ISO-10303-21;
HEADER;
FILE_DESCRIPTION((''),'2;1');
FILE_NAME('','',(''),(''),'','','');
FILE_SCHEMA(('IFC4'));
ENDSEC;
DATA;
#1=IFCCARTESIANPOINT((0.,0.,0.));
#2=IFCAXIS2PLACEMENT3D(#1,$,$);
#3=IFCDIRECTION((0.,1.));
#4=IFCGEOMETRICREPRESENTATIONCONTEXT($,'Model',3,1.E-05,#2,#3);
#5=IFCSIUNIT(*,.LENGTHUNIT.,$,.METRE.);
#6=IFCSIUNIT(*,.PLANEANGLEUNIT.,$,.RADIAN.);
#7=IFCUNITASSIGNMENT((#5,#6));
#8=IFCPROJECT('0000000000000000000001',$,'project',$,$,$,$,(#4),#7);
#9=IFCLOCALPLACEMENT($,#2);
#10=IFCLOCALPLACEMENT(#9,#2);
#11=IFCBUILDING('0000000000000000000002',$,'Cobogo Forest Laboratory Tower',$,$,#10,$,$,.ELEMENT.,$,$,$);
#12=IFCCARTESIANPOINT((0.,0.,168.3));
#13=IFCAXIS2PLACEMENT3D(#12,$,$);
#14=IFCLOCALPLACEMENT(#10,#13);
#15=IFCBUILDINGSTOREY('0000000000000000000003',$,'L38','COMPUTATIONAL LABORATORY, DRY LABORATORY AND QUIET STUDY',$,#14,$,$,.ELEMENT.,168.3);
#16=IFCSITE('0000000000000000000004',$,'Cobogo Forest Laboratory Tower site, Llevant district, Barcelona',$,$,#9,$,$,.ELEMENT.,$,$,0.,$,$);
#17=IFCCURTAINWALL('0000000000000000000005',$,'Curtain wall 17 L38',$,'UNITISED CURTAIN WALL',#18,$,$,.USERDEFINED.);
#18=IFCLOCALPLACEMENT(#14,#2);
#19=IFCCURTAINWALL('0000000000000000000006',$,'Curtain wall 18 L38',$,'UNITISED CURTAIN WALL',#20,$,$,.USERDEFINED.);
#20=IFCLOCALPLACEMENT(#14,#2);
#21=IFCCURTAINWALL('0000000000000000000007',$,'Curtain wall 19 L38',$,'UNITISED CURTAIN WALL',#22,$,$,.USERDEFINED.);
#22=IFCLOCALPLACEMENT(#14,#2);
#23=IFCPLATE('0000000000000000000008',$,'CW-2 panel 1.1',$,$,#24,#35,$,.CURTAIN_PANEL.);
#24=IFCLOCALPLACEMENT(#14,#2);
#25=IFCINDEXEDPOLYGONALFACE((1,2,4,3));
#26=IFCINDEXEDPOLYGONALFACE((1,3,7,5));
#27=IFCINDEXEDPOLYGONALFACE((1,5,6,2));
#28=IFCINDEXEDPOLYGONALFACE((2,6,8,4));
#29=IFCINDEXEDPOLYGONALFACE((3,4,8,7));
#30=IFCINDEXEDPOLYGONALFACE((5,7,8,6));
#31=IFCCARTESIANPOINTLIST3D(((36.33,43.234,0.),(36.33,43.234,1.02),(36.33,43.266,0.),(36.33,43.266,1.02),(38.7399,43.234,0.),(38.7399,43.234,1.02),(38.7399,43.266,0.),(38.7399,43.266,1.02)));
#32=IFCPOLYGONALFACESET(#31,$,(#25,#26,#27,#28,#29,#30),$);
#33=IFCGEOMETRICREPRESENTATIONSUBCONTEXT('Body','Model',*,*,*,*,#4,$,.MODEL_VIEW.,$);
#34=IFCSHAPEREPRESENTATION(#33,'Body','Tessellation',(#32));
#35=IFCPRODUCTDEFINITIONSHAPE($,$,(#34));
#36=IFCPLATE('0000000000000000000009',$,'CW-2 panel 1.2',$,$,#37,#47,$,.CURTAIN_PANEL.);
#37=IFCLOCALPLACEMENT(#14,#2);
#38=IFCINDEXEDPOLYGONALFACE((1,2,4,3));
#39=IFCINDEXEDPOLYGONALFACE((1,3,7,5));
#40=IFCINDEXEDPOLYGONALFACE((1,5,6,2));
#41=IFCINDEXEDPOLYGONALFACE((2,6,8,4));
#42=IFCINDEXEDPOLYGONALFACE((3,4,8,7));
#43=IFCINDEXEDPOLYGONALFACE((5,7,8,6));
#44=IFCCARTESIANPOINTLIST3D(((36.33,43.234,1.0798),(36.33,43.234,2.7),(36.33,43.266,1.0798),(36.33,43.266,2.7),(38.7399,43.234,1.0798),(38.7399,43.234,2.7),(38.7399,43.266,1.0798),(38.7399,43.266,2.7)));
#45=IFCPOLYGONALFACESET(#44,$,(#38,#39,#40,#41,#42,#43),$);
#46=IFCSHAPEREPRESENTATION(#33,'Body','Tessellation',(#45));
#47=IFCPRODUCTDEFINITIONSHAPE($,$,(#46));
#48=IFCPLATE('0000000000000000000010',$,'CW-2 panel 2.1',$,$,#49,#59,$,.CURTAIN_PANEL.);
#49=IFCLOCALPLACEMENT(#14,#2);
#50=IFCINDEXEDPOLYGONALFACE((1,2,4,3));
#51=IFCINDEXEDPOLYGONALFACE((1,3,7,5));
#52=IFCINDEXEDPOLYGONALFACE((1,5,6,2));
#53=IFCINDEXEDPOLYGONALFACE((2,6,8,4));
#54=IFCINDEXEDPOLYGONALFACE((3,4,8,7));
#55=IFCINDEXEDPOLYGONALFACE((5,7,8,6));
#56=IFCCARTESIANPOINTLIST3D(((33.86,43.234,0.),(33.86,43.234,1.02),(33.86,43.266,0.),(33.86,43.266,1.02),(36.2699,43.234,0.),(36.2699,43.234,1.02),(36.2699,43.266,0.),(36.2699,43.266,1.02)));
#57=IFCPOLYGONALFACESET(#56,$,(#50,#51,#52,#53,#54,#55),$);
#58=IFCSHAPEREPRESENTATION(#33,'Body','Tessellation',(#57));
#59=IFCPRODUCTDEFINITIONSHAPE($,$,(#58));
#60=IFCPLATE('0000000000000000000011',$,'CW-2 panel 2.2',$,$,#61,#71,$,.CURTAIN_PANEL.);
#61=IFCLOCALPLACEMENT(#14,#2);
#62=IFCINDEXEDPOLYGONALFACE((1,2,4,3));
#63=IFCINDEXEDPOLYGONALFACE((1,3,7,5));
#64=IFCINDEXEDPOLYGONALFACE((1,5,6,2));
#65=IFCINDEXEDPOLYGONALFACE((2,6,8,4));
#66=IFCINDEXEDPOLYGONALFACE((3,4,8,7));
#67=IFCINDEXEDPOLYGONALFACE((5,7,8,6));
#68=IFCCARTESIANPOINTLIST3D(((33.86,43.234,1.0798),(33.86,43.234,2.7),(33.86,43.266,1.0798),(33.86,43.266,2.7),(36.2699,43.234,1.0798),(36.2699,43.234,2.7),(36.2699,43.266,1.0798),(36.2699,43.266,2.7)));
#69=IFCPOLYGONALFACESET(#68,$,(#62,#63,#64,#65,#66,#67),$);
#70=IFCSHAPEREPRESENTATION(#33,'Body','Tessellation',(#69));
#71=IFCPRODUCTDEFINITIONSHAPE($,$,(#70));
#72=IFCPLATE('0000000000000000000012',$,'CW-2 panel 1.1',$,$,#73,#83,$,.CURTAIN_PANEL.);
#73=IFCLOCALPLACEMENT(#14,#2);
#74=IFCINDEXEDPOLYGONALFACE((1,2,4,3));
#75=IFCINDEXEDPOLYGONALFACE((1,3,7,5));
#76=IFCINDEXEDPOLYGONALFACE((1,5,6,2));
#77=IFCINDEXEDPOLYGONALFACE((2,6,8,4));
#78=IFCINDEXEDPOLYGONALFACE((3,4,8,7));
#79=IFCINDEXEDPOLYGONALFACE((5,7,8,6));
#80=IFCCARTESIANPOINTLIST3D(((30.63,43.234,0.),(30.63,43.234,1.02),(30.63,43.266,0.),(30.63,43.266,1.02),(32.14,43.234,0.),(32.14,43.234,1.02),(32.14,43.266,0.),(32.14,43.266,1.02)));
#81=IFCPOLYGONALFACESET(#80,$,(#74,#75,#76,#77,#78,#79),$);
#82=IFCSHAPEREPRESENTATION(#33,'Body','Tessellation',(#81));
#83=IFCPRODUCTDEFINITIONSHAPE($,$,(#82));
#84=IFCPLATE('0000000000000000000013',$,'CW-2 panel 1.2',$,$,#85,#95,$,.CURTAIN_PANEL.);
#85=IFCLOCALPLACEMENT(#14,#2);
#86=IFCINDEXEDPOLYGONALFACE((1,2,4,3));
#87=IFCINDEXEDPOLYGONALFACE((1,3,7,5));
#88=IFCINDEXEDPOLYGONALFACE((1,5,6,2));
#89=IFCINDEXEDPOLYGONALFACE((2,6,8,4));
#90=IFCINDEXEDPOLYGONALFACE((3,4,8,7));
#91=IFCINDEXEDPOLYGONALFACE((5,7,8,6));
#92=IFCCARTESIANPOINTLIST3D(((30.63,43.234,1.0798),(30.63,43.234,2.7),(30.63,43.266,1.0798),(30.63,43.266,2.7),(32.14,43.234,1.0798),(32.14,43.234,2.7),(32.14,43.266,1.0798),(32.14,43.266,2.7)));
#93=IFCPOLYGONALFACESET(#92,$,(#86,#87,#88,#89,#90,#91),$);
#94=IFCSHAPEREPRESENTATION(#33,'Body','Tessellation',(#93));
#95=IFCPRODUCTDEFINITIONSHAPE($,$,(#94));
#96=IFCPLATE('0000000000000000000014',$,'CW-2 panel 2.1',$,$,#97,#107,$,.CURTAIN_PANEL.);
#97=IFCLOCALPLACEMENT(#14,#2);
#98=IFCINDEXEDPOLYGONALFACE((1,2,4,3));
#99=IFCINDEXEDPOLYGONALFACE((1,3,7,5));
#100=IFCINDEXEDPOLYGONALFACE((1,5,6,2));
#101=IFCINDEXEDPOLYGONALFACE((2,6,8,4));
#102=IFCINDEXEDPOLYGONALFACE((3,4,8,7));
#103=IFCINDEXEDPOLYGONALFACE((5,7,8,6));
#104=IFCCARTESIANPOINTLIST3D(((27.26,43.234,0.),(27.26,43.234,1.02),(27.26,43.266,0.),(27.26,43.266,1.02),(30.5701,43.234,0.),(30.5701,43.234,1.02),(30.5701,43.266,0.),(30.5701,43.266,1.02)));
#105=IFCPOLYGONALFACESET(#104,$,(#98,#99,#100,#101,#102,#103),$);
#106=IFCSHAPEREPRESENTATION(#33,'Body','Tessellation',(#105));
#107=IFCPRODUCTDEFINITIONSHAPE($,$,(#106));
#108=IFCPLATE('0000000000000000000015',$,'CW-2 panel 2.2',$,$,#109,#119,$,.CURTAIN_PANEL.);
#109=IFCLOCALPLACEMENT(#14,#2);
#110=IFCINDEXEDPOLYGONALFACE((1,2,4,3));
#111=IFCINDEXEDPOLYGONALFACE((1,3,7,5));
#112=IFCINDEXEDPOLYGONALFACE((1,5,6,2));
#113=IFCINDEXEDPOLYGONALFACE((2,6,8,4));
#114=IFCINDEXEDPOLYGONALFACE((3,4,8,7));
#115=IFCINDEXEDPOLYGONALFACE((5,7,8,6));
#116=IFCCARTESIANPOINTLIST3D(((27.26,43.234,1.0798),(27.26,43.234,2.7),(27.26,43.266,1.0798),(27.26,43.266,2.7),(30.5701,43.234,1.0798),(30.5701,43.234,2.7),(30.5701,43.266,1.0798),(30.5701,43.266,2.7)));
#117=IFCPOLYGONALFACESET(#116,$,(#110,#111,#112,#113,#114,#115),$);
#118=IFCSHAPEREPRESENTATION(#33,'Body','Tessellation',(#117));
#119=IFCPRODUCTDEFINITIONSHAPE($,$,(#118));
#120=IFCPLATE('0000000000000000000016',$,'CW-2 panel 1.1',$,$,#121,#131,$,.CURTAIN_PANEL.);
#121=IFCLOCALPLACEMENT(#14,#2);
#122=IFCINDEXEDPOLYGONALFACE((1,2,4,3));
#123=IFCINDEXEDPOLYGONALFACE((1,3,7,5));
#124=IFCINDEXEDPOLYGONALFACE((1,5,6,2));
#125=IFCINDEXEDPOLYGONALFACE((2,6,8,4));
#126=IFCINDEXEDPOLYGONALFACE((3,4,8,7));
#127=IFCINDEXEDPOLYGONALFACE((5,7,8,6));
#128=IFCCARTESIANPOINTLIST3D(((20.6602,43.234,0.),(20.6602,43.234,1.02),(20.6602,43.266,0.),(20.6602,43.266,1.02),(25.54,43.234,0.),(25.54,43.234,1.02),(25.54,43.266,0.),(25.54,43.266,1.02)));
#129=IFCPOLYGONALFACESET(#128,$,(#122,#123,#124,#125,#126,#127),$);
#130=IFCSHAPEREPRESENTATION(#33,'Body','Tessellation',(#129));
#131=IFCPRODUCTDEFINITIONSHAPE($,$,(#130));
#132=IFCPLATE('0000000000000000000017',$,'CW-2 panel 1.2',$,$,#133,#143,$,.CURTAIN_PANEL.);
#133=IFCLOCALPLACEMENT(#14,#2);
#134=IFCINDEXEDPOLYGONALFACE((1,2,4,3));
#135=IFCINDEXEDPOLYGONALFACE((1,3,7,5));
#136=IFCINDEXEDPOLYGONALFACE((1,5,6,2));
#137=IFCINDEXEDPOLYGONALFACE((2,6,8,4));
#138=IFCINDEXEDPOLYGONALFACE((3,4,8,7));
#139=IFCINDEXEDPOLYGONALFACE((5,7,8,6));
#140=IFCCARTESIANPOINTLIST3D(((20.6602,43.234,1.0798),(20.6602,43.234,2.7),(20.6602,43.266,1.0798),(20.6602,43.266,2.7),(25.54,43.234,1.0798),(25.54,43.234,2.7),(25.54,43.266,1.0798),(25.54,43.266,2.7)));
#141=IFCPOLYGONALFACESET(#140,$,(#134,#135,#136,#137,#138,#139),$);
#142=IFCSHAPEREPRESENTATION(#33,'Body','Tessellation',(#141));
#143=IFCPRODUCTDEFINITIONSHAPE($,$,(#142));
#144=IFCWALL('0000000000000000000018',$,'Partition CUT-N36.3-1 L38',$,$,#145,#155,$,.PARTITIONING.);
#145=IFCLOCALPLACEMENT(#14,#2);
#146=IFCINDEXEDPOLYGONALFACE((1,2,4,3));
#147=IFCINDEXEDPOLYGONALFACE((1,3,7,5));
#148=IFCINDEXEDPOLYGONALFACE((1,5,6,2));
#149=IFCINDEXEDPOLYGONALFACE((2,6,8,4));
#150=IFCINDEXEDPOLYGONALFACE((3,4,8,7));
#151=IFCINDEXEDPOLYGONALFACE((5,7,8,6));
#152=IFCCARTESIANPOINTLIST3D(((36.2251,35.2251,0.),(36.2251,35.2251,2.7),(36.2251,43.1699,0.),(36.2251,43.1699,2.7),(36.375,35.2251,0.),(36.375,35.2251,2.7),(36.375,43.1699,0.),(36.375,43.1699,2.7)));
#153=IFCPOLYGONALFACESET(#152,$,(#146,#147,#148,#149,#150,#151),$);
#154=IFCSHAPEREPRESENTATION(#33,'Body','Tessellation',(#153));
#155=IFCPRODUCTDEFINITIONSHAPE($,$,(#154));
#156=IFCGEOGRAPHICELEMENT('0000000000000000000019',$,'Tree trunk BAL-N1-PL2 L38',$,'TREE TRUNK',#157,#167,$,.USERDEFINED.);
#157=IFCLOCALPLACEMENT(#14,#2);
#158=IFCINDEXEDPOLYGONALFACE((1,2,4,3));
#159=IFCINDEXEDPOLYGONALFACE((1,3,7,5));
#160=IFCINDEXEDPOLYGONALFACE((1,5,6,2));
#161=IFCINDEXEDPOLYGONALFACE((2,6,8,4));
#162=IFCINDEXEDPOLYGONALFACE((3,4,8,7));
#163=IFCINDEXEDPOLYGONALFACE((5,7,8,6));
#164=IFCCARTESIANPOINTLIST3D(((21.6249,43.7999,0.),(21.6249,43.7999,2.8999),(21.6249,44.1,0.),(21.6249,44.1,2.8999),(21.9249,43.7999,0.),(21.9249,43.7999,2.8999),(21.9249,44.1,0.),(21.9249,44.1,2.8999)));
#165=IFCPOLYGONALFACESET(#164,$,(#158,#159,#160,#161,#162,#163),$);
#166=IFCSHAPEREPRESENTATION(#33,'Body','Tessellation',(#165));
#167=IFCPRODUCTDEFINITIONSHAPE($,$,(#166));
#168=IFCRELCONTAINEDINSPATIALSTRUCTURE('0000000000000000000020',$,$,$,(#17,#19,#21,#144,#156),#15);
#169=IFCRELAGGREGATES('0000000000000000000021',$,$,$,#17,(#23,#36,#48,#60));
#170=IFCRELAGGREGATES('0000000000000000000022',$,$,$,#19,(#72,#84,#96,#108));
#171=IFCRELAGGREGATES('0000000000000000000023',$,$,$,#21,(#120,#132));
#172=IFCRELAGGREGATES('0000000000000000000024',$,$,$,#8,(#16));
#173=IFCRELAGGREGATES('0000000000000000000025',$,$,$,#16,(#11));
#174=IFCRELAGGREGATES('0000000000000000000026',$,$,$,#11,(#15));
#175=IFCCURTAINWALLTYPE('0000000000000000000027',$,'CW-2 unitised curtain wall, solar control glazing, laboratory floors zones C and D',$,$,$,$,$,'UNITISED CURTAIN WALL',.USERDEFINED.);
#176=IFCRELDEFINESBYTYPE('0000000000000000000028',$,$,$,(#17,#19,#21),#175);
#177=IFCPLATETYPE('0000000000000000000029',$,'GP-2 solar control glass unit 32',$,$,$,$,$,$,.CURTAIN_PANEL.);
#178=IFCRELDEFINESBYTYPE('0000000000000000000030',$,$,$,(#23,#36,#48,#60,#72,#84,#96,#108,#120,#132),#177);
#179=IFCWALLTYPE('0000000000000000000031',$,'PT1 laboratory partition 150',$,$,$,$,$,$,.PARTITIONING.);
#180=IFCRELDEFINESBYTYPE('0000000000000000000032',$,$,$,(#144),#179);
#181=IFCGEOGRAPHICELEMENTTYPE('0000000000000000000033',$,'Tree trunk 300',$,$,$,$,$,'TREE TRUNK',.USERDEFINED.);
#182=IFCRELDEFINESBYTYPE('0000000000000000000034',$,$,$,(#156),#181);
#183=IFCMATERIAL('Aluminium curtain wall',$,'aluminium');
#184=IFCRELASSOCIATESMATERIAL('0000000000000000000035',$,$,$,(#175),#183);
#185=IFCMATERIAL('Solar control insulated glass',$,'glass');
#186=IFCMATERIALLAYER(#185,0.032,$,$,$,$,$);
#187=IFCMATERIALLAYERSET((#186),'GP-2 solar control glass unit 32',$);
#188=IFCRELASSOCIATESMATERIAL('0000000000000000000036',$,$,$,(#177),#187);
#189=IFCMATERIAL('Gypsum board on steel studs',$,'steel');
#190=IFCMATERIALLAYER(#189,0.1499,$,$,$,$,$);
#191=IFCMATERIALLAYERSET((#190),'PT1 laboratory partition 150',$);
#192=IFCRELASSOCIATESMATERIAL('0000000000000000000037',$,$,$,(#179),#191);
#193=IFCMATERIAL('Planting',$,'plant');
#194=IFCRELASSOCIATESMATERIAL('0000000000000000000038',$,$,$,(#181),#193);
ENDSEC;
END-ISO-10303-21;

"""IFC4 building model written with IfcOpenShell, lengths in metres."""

from ifc_helpers import new_model, si_unit, direction, frame, frame_2d, origin, origin_2d, place, context, subcontext, project, spatial, rectangle, extrude, material, layer, layer_set, type_object, element, aggregate, save


model = new_model("IFC4")

# Units and contexts
model_context = context("Model", 3, precision=1e-05, world=origin(), true_north=direction((0.0, 1.0)))
body_context = subcontext(model_context, "Body", "Model", "MODEL_VIEW")
ifc_project = project(units=[si_unit("LENGTHUNIT", "METRE"), si_unit("PLANEANGLEUNIT", "RADIAN")], contexts=[model_context])

# Site, building, storey
site_placement = place(None, origin())
site = spatial("IfcSite", under=ifc_project, at=site_placement, Name="Cobogo Forest Laboratory Tower site, Llevant district, Barcelona", CompositionType="ELEMENT", RefElevation=0.0)
building_placement = place(site_placement, origin())
building = spatial("IfcBuilding", under=site, at=building_placement, Name="Cobogo Forest Laboratory Tower", CompositionType="ELEMENT")
storey_placement = place(building_placement, frame((0.0, 0.0, 168.3)))
storey = spatial("IfcBuildingStorey", under=building, at=storey_placement, Name="L38", Description="COMPUTATIONAL LABORATORY, DRY LABORATORY AND QUIET STUDY", CompositionType="ELEMENT", Elevation=168.3)

# Curtain walls
ifc_material_1 = material(Name="Aluminium curtain wall", Category="aluminium")
curtain_wall_type = type_object("IfcCurtainWallType", Name="CW-2 unitised curtain wall, solar control glazing, laboratory floors zones C and D", ElementType="UNITISED CURTAIN WALL", PredefinedType="USERDEFINED", material=ifc_material_1)
curtain_wall_1_placement = place(storey_placement, origin())
curtain_wall_1 = element("IfcCurtainWall", 1, at=curtain_wall_1_placement, inside=storey, type_object=curtain_wall_type, Name="Curtain wall 17 L38", ObjectType="UNITISED CURTAIN WALL", PredefinedType="USERDEFINED")
curtain_wall_2_placement = place(storey_placement, origin())
curtain_wall_2 = element("IfcCurtainWall", 2, at=curtain_wall_2_placement, inside=storey, type_object=curtain_wall_type, Name="Curtain wall 18 L38", ObjectType="UNITISED CURTAIN WALL", PredefinedType="USERDEFINED")
curtain_wall_3_placement = place(storey_placement, origin())
curtain_wall_3 = element("IfcCurtainWall", 3, at=curtain_wall_3_placement, inside=storey, type_object=curtain_wall_type, Name="Curtain wall 19 L38", ObjectType="UNITISED CURTAIN WALL", PredefinedType="USERDEFINED")

# Plates
ifc_material_2 = material(Name="Solar control insulated glass", Category="glass")
ifc_layer_1 = layer(ifc_material_2, 0.032)
ifc_layer_set_1 = layer_set([ifc_layer_1], Name="GP-2 solar control glass unit 32")
plate_type_1 = type_object("IfcPlateType", Name="GP-2 solar control glass unit 32", PredefinedType="CURTAIN_PANEL", material=ifc_layer_set_1)
plate_1_placement = place(storey_placement, frame((37.5349, 43.25, 0.0), z_axis=(0.0, 0.0, 1.0), x_axis=(-1.0, 0.0, 0.0)))
plate_1 = element("IfcPlate", 4, at=plate_1_placement, type_object=plate_type_1, Name="CW-2 panel 1.1", PredefinedType="CURTAIN_PANEL", context=body_context, shape_type="SweptSolid", body=[
    extrude(rectangle(XDim=2.4099, YDim=0.032, at=origin_2d()), origin(), (0.0, 0.0, 1.0), 1.02),
])
plate_2_placement = place(storey_placement, frame((37.5349, 43.25, 1.0798), z_axis=(0.0, 0.0, 1.0), x_axis=(-1.0, 0.0, 0.0)))
plate_2 = element("IfcPlate", 5, at=plate_2_placement, type_object=plate_type_1, Name="CW-2 panel 1.2", PredefinedType="CURTAIN_PANEL", context=body_context, shape_type="SweptSolid", body=[
    extrude(rectangle(XDim=2.4099, YDim=0.032, at=origin_2d()), origin(), (0.0, 0.0, 1.0), 1.6201),
])
plate_3_placement = place(storey_placement, frame((35.0649, 43.25, 0.0), z_axis=(0.0, 0.0, 1.0), x_axis=(-1.0, 0.0, 0.0)))
plate_3 = element("IfcPlate", 6, at=plate_3_placement, type_object=plate_type_1, Name="CW-2 panel 2.1", PredefinedType="CURTAIN_PANEL", context=body_context, shape_type="SweptSolid", body=[
    extrude(rectangle(XDim=2.4099, YDim=0.032, at=origin_2d()), origin(), (0.0, 0.0, 1.0), 1.02),
])
plate_4_placement = place(storey_placement, frame((35.0649, 43.25, 1.0798), z_axis=(0.0, 0.0, 1.0), x_axis=(-1.0, 0.0, 0.0)))
plate_4 = element("IfcPlate", 7, at=plate_4_placement, type_object=plate_type_1, Name="CW-2 panel 2.2", PredefinedType="CURTAIN_PANEL", context=body_context, shape_type="SweptSolid", body=[
    extrude(rectangle(XDim=2.4099, YDim=0.032, at=origin_2d()), origin(), (0.0, 0.0, 1.0), 1.6201),
])
aggregate(curtain_wall_1, [plate_1, plate_2, plate_3, plate_4])
plate_5_placement = place(storey_placement, frame((31.385, 43.25, 0.0), z_axis=(0.0, 0.0, 1.0), x_axis=(-1.0, 0.0, 0.0)))
plate_5 = element("IfcPlate", 8, at=plate_5_placement, type_object=plate_type_1, Name="CW-2 panel 1.1", PredefinedType="CURTAIN_PANEL", context=body_context, shape_type="SweptSolid", body=[
    extrude(rectangle(XDim=1.51, YDim=0.032, at=origin_2d()), origin(), (0.0, 0.0, 1.0), 1.02),
])
plate_6_placement = place(storey_placement, frame((31.385, 43.25, 1.0798), z_axis=(0.0, 0.0, 1.0), x_axis=(-1.0, 0.0, 0.0)))
plate_6 = element("IfcPlate", 9, at=plate_6_placement, type_object=plate_type_1, Name="CW-2 panel 1.2", PredefinedType="CURTAIN_PANEL", context=body_context, shape_type="SweptSolid", body=[
    extrude(rectangle(XDim=1.51, YDim=0.032, at=origin_2d()), origin(), (0.0, 0.0, 1.0), 1.6201),
])
plate_7_placement = place(storey_placement, frame((28.915, 43.25, 0.0), z_axis=(0.0, 0.0, 1.0), x_axis=(-1.0, 0.0, 0.0)))
plate_7 = element("IfcPlate", 10, at=plate_7_placement, type_object=plate_type_1, Name="CW-2 panel 2.1", PredefinedType="CURTAIN_PANEL", context=body_context, shape_type="SweptSolid", body=[
    extrude(rectangle(XDim=3.3101, YDim=0.032, at=origin_2d()), origin(), (0.0, 0.0, 1.0), 1.02),
])
plate_8_placement = place(storey_placement, frame((28.915, 43.25, 1.0798), z_axis=(0.0, 0.0, 1.0), x_axis=(-1.0, 0.0, 0.0)))
plate_8 = element("IfcPlate", 11, at=plate_8_placement, type_object=plate_type_1, Name="CW-2 panel 2.2", PredefinedType="CURTAIN_PANEL", context=body_context, shape_type="SweptSolid", body=[
    extrude(rectangle(XDim=3.3101, YDim=0.032, at=origin_2d()), origin(), (0.0, 0.0, 1.0), 1.6201),
])
aggregate(curtain_wall_2, [plate_5, plate_6, plate_7, plate_8])
plate_9_placement = place(storey_placement, frame((23.1001, 43.25, 0.0), z_axis=(0.0, 0.0, 1.0), x_axis=(-1.0, 0.0, 0.0)))
plate_9 = element("IfcPlate", 12, at=plate_9_placement, type_object=plate_type_1, Name="CW-2 panel 1.1", PredefinedType="CURTAIN_PANEL", context=body_context, shape_type="SweptSolid", body=[
    extrude(rectangle(XDim=4.8799, YDim=0.032, at=origin_2d()), origin(), (0.0, 0.0, 1.0), 1.02),
])
plate_10_placement = place(storey_placement, frame((23.1001, 43.25, 1.0798), z_axis=(0.0, 0.0, 1.0), x_axis=(-1.0, 0.0, 0.0)))
plate_10 = element("IfcPlate", 13, at=plate_10_placement, type_object=plate_type_1, Name="CW-2 panel 1.2", PredefinedType="CURTAIN_PANEL", context=body_context, shape_type="SweptSolid", body=[
    extrude(rectangle(XDim=4.8799, YDim=0.032, at=origin_2d()), origin(), (0.0, 0.0, 1.0), 1.6201),
])
aggregate(curtain_wall_3, [plate_9, plate_10])

# Wall
ifc_material_3 = material(Name="Gypsum board on steel studs", Category="steel")
ifc_layer_2 = layer(ifc_material_3, 0.1499)
ifc_layer_set_2 = layer_set([ifc_layer_2], Name="PT1 laboratory partition 150")
wall_type = type_object("IfcWallType", Name="PT1 laboratory partition 150", PredefinedType="PARTITIONING", material=ifc_layer_set_2)
wall_placement = place(storey_placement, frame((36.3, 43.1699, 0.0), z_axis=(0.0, 0.0, 1.0), x_axis=(0.0, -1.0, 0.0)))
element("IfcWall", 14, at=wall_placement, inside=storey, type_object=wall_type, Name="Partition CUT-N36.3-1 L38", PredefinedType="PARTITIONING", context=body_context, shape_type="SweptSolid", body=[
    extrude(rectangle(XDim=7.9448, YDim=0.1499, at=frame_2d((3.9724, 0.0))), origin(), (0.0, 0.0, 1.0), 2.7),
])

# Geographic element
ifc_material_4 = material(Name="Planting", Category="plant")
geographic_element_type = type_object("IfcGeographicElementType", Name="Tree trunk 300", ElementType="TREE TRUNK", PredefinedType="USERDEFINED", material=ifc_material_4)
geographic_element_placement = place(storey_placement, frame((21.7749, 43.95, 0.0), z_axis=(0.0, 0.0, 1.0), x_axis=(1.0, 0.0, 0.0)))
element("IfcGeographicElement", 15, at=geographic_element_placement, inside=storey, type_object=geographic_element_type, Name="Tree trunk BAL-N1-PL2 L38", ObjectType="TREE TRUNK", PredefinedType="USERDEFINED", context=body_context, shape_type="SweptSolid", body=[
    extrude(rectangle(XDim=0.3, YDim=0.3, at=origin_2d()), origin(), (0.0, 0.0, 1.0), 2.8999),
])

save(model, "model.ifc")
